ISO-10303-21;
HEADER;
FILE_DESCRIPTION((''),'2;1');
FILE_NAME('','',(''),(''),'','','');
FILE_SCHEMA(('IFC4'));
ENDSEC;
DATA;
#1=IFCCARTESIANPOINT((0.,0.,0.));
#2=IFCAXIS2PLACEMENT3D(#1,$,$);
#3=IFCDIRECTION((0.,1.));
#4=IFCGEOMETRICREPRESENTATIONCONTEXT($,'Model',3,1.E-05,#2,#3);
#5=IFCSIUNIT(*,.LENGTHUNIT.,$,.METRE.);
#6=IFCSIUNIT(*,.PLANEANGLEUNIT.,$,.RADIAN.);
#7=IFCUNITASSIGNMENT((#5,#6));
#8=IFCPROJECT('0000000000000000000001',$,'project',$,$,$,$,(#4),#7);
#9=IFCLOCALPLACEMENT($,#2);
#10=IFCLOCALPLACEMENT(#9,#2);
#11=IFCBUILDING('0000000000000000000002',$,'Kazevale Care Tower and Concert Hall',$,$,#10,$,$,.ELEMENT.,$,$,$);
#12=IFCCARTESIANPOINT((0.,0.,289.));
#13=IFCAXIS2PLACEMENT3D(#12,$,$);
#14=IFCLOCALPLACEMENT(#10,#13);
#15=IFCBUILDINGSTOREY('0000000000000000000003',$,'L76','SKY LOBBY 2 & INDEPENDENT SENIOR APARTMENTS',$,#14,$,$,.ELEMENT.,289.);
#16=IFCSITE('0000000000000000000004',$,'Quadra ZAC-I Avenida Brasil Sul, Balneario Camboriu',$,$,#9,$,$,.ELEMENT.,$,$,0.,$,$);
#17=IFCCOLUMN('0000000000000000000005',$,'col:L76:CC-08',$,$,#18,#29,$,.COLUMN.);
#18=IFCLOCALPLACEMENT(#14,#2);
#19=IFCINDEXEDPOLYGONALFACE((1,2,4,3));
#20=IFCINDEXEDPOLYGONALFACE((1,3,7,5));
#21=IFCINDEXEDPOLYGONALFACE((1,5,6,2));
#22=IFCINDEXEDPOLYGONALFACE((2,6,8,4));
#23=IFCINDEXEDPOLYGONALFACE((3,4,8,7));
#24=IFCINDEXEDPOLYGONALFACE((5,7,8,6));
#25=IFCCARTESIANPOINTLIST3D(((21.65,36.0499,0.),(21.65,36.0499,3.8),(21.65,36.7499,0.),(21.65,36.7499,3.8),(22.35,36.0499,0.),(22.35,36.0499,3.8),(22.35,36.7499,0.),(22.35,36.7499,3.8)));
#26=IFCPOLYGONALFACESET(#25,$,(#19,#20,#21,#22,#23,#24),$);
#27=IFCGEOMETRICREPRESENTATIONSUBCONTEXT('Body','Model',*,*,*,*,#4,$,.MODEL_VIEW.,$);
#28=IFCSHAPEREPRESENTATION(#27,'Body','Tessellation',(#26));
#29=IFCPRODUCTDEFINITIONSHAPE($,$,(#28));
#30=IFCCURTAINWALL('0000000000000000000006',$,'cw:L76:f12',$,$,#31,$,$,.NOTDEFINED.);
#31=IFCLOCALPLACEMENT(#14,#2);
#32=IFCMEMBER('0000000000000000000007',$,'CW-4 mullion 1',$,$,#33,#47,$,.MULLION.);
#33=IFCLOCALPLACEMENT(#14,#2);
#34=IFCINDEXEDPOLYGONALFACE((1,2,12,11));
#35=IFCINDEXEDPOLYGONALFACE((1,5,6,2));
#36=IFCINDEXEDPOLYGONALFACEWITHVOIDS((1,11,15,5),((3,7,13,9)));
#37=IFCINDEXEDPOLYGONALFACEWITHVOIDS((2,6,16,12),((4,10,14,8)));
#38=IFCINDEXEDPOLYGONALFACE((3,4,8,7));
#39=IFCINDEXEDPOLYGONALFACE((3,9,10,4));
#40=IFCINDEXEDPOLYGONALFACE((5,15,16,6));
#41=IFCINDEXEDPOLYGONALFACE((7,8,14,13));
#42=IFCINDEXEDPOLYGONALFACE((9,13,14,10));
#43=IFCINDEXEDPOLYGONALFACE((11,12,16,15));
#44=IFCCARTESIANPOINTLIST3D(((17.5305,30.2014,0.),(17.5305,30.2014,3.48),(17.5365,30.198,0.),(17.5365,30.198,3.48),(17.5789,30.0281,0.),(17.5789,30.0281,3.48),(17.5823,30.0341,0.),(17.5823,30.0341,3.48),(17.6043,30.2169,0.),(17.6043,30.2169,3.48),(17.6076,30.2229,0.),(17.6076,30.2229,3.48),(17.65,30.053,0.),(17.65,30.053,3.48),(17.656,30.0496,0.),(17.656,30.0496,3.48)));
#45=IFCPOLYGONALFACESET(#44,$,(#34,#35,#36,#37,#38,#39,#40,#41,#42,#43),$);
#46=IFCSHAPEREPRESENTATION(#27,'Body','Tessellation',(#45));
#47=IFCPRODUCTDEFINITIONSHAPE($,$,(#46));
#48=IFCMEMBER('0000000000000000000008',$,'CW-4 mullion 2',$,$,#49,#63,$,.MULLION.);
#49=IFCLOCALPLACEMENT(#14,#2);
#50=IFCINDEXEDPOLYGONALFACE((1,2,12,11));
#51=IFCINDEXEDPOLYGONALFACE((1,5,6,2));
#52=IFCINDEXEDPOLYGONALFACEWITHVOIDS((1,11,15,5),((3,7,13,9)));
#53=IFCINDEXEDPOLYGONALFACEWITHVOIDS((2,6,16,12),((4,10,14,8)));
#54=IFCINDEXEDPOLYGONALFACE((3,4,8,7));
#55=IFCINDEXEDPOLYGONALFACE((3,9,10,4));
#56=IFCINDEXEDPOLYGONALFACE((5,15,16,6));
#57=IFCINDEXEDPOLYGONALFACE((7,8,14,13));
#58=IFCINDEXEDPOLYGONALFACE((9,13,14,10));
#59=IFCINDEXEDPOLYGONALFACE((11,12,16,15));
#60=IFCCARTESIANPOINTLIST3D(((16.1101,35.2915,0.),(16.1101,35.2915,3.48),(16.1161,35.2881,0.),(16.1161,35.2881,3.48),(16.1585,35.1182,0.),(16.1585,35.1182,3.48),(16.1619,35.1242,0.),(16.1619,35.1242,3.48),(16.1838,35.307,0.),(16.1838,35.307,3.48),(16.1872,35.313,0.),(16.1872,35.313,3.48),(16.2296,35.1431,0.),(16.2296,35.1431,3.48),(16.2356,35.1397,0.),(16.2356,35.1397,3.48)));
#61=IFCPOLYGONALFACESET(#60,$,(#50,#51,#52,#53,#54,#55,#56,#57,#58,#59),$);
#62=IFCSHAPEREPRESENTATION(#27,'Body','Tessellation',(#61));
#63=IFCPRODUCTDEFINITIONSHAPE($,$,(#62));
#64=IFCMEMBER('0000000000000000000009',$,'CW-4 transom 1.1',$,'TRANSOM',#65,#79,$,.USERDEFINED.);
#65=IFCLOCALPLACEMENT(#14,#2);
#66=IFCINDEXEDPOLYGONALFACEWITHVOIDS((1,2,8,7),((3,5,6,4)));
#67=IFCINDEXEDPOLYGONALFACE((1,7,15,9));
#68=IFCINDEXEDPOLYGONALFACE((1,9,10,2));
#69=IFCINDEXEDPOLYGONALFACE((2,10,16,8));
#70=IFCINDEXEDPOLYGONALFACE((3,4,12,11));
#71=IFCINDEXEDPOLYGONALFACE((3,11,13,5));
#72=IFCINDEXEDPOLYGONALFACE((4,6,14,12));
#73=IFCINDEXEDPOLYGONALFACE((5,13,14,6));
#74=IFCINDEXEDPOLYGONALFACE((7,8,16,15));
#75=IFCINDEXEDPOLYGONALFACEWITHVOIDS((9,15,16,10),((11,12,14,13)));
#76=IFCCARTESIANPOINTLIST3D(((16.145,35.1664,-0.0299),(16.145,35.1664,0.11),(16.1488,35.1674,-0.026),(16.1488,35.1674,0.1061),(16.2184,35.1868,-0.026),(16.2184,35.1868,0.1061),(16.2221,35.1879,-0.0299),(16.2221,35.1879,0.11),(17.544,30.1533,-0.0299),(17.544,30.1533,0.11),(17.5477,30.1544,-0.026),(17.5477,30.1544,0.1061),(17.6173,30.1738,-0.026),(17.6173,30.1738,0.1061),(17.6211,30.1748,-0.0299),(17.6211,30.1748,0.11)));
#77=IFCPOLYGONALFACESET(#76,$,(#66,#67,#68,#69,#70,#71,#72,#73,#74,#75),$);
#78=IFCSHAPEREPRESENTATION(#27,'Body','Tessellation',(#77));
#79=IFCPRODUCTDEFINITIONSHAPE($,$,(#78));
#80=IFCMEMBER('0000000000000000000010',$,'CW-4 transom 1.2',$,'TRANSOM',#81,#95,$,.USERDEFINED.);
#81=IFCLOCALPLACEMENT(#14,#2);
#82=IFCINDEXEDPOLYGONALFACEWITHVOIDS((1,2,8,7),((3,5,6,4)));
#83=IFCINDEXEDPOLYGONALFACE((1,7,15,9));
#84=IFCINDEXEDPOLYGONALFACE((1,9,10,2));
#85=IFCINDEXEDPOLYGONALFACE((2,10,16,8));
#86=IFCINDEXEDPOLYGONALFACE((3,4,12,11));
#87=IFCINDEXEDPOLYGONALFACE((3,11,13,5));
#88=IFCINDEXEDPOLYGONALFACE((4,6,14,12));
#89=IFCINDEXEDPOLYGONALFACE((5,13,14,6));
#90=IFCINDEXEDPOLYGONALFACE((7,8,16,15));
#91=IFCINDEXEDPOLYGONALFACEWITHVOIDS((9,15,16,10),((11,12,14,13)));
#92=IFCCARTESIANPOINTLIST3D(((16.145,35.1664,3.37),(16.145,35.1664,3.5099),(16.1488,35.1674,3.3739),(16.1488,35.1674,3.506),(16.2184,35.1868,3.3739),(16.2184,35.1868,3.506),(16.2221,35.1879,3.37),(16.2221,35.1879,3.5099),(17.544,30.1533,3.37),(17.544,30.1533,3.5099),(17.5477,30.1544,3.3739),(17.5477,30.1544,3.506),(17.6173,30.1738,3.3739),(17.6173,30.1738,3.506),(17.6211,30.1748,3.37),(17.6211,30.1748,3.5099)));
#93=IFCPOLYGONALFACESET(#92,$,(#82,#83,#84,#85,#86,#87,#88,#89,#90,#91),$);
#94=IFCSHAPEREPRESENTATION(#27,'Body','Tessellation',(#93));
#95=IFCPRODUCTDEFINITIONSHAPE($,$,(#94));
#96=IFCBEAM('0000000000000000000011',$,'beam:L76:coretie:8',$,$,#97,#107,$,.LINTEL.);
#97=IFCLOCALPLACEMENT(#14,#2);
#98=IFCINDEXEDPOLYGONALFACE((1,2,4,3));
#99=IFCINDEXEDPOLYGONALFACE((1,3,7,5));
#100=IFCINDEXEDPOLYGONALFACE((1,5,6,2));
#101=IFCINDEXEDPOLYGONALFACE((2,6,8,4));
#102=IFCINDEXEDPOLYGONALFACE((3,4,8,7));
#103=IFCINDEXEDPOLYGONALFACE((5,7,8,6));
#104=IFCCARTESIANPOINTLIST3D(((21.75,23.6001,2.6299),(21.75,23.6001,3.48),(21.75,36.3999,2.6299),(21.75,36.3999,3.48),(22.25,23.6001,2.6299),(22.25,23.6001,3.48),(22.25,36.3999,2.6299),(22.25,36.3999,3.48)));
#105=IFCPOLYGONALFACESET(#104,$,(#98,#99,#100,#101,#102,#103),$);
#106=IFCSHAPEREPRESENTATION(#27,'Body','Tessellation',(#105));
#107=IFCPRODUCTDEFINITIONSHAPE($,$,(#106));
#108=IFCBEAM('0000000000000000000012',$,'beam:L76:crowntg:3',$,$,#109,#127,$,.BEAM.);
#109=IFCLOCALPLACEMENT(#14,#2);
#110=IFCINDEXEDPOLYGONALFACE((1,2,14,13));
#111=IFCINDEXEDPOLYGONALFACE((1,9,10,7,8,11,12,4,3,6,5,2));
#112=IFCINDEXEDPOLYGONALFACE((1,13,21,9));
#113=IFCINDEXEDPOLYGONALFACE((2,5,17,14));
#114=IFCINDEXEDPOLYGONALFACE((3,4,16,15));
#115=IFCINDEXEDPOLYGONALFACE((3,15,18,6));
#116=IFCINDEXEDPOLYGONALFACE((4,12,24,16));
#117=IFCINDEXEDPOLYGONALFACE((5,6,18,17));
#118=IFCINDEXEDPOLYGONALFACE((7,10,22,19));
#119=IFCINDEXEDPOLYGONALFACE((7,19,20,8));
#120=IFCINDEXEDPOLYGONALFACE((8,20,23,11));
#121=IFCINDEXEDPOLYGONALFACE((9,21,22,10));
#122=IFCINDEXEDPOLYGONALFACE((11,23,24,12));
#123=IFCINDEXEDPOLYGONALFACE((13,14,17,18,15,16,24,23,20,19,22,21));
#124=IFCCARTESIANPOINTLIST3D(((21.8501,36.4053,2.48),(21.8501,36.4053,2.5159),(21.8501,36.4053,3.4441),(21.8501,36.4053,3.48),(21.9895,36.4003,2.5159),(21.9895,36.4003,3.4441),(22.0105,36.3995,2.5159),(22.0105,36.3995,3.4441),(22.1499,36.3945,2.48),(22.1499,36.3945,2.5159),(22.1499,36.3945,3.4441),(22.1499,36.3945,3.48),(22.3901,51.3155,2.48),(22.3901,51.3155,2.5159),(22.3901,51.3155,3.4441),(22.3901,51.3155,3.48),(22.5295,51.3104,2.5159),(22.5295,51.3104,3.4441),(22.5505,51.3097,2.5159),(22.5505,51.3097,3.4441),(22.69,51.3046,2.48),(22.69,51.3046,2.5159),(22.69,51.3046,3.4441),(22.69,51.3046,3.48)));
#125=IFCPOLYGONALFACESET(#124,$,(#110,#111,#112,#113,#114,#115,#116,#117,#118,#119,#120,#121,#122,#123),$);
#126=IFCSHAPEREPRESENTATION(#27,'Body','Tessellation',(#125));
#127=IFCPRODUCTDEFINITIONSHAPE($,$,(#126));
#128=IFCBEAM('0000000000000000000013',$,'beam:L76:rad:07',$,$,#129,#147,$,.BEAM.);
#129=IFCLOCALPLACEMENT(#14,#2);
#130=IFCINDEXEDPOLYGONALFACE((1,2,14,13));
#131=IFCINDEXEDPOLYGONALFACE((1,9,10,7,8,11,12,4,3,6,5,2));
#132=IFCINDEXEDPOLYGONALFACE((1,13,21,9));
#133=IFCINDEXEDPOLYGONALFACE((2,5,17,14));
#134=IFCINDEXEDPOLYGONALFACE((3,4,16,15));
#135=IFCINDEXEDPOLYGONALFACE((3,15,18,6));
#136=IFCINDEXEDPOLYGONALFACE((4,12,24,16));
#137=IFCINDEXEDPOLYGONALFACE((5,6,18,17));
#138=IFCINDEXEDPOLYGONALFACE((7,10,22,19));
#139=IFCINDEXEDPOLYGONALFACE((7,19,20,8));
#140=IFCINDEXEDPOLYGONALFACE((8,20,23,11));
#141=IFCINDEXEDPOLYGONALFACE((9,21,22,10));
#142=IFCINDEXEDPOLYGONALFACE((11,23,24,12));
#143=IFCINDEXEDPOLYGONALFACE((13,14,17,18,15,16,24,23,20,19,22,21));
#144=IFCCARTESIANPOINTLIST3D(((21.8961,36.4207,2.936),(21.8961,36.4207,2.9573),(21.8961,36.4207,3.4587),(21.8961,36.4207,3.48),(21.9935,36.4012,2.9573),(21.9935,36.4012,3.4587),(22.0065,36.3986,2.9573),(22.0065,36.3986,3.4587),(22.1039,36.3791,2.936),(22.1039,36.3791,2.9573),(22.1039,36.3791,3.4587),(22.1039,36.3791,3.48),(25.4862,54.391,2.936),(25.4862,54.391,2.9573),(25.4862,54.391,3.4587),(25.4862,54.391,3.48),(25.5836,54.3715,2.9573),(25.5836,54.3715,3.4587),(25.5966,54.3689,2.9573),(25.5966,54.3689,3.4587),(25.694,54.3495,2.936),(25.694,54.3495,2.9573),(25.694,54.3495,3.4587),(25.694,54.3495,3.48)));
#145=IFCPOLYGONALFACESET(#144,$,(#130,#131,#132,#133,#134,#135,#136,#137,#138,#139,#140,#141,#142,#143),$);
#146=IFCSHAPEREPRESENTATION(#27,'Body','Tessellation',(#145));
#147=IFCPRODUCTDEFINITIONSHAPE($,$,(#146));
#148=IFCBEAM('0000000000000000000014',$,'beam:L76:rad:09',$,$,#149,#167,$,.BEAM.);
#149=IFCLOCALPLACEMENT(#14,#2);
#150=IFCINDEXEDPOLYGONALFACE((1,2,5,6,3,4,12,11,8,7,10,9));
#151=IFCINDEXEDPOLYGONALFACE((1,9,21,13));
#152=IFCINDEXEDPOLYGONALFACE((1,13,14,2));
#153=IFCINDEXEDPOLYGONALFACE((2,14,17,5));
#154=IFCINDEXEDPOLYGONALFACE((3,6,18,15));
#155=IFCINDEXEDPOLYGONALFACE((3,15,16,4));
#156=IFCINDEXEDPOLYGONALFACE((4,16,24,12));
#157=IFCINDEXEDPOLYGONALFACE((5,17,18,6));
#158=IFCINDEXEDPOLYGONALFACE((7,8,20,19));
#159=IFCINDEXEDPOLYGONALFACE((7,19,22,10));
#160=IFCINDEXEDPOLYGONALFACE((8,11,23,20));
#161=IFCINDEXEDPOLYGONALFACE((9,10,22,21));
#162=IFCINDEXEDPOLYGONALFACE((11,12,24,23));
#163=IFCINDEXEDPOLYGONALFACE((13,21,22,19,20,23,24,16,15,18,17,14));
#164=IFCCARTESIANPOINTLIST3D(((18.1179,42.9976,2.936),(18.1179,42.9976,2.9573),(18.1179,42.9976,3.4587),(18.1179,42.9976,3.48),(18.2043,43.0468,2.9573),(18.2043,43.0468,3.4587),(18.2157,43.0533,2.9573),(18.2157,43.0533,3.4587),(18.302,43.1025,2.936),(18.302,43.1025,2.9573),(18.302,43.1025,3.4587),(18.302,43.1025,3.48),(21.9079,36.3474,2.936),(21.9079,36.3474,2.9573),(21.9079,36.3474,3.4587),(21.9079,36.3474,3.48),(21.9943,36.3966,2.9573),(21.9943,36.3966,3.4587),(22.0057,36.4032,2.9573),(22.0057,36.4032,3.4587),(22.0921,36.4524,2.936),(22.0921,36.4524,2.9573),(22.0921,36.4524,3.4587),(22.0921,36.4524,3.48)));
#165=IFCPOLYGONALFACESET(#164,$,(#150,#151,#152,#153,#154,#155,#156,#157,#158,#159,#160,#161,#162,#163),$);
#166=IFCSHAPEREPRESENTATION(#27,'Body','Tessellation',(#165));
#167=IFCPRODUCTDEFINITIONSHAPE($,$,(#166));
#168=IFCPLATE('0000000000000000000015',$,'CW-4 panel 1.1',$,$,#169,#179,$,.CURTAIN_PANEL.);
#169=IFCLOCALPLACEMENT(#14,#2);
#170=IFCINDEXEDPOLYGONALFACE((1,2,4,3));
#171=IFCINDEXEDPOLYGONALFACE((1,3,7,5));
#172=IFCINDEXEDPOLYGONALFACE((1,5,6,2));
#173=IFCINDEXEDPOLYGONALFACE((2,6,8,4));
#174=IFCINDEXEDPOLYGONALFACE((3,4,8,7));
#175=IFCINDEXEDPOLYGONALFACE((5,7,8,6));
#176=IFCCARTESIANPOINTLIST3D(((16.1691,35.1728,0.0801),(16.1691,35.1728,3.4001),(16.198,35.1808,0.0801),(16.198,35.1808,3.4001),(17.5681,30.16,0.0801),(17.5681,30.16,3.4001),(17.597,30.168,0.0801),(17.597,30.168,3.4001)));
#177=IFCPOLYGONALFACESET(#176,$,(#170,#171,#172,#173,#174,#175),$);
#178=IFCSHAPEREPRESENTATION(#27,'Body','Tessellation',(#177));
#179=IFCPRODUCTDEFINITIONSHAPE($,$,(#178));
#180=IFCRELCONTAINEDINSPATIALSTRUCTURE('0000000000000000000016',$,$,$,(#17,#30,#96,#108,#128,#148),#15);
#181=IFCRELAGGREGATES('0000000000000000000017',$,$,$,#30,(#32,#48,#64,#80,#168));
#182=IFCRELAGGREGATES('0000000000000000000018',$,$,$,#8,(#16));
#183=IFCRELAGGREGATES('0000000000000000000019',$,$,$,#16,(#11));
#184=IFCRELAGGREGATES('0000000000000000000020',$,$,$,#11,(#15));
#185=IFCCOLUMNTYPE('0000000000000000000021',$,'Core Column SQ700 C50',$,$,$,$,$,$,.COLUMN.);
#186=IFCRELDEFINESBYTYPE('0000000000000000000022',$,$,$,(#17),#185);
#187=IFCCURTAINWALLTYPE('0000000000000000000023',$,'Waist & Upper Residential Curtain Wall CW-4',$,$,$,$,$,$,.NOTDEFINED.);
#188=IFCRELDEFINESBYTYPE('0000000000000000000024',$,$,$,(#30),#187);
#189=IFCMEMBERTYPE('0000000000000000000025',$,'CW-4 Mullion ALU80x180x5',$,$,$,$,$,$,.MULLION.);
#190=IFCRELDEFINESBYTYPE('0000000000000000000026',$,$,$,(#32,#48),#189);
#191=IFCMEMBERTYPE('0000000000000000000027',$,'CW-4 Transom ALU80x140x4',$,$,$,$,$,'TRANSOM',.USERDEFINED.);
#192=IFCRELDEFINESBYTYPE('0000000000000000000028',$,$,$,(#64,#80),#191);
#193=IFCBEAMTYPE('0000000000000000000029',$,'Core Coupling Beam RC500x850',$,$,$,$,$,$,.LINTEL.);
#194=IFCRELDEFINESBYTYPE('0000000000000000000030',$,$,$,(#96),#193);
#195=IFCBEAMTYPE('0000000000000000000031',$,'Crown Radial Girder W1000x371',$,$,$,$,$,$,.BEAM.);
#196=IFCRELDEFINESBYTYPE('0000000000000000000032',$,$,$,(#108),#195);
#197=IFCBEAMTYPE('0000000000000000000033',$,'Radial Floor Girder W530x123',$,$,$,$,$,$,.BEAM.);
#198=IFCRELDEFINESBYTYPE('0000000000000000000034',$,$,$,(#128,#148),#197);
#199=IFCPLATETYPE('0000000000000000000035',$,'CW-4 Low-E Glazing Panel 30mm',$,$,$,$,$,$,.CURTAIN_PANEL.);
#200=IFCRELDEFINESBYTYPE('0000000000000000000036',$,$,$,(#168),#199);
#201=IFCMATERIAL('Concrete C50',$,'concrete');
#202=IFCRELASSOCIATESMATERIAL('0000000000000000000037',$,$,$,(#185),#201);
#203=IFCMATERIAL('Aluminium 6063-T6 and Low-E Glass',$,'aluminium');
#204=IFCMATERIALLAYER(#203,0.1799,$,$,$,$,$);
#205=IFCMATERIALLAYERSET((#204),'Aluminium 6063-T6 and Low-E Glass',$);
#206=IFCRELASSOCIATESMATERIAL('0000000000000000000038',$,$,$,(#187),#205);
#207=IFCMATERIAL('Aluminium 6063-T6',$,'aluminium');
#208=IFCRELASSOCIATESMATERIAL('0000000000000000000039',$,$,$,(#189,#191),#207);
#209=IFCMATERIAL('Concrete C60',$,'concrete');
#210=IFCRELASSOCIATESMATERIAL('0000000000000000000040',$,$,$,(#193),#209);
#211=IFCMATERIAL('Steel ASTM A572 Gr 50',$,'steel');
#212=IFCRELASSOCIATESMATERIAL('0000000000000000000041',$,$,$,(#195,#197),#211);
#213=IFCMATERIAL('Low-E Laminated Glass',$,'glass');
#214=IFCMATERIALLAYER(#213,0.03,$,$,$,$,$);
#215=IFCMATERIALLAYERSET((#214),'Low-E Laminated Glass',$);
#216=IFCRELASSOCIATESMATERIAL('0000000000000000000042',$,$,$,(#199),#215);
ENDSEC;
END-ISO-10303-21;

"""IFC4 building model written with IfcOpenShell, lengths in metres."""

from ifc_helpers import new_model, si_unit, direction, frame, origin, origin_2d, place, context, subcontext, project, spatial, rectangle, hollow_rectangle, i_section, extrude, material, layer, layer_set, material_profile, profile_set, type_object, element, aggregate, save


model = new_model("IFC4")

# Units and contexts
model_context = context("Model", 3, precision=1e-05, world=origin(), true_north=direction((0.0, 1.0)))
body_context = subcontext(model_context, "Body", "Model", "MODEL_VIEW")
ifc_project = project(units=[si_unit("LENGTHUNIT", "METRE"), si_unit("PLANEANGLEUNIT", "RADIAN")], contexts=[model_context])

# Site, building, storey
site_placement = place(None, origin())
site = spatial("IfcSite", under=ifc_project, at=site_placement, Name="Quadra ZAC-I Avenida Brasil Sul, Balneario Camboriu", CompositionType="ELEMENT", RefElevation=0.0)
building_placement = place(site_placement, origin())
building = spatial("IfcBuilding", under=site, at=building_placement, Name="Kazevale Care Tower and Concert Hall", CompositionType="ELEMENT")
storey_placement = place(building_placement, frame((0.0, 0.0, 289.0)))
storey = spatial("IfcBuildingStorey", under=building, at=storey_placement, Name="L76", Description="SKY LOBBY 2 & INDEPENDENT SENIOR APARTMENTS", CompositionType="ELEMENT", Elevation=289.0)

# Column
ifc_material_1 = material(Name="Concrete C50", Category="concrete")
ifc_material_profile_1 = material_profile(ifc_material_1, rectangle(XDim=0.7, YDim=0.7, at=origin_2d()), Name="RC-SQ700")
ifc_profile_set_1 = profile_set([ifc_material_profile_1], Name="Concrete C50")
column_type = type_object("IfcColumnType", Name="Core Column SQ700 C50", PredefinedType="COLUMN", material=ifc_profile_set_1)
column_placement = place(storey_placement, frame((22.0, 36.3999, 0.0), z_axis=(0.0, 0.0, 1.0), x_axis=(1.0, 0.0, 0.0)))
element("IfcColumn", 1, at=column_placement, inside=storey, type_object=column_type, Name="col:L76:CC-08", PredefinedType="COLUMN", context=body_context, shape_type="SweptSolid", body=[
    extrude(rectangle(XDim=0.7, YDim=0.7, at=origin_2d()), origin(), (0.0, 0.0, 1.0), 3.8),
])

# Curtain wall, members
ifc_material_2 = material(Name="Aluminium 6063-T6 and Low-E Glass", Category="aluminium")
ifc_layer_1 = layer(ifc_material_2, 0.1799)
ifc_layer_set_1 = layer_set([ifc_layer_1], Name="Aluminium 6063-T6 and Low-E Glass")
curtain_wall_type = type_object("IfcCurtainWallType", Name="Waist & Upper Residential Curtain Wall CW-4", PredefinedType="NOTDEFINED", material=ifc_layer_set_1)
curtain_wall_placement = place(storey_placement, origin())
curtain_wall = element("IfcCurtainWall", 2, at=curtain_wall_placement, inside=storey, type_object=curtain_wall_type, Name="cw:L76:f12", PredefinedType="NOTDEFINED")
ifc_material_3 = material(Name="Aluminium 6063-T6", Category="aluminium")
ifc_material_profile_2 = material_profile(ifc_material_3, hollow_rectangle(XDim=0.0801, YDim=0.1799, WallThickness=0.0049, at=origin_2d()), Name="ALU80x180x5")
ifc_profile_set_2 = profile_set([ifc_material_profile_2], Name="Aluminium 6063-T6")
member_type_1 = type_object("IfcMemberType", Name="CW-4 Mullion ALU80x180x5", PredefinedType="MULLION", material=ifc_profile_set_2)
member_1_placement = place(storey_placement, frame((17.5933, 30.1255, 0.0), z_axis=(0.0, 0.0, 1.0), x_axis=(-0.963194, -0.268807, 0.0)))
member_1 = element("IfcMember", 3, at=member_1_placement, type_object=member_type_1, Name="CW-4 mullion 1", PredefinedType="MULLION", context=body_context, shape_type="SweptSolid", body=[
    extrude(hollow_rectangle(XDim=0.0801, YDim=0.1799, WallThickness=0.0049, at=origin_2d()), origin(), (0.0, 0.0, 1.0), 3.48),
])
member_2_placement = place(storey_placement, frame((16.1729, 35.2156, 0.0), z_axis=(0.0, 0.0, 1.0), x_axis=(-0.963194, -0.268807, 0.0)))
member_2 = element("IfcMember", 4, at=member_2_placement, type_object=member_type_1, Name="CW-4 mullion 2", PredefinedType="MULLION", context=body_context, shape_type="SweptSolid", body=[
    extrude(hollow_rectangle(XDim=0.0801, YDim=0.1799, WallThickness=0.0049, at=origin_2d()), origin(), (0.0, 0.0, 1.0), 3.48),
])
ifc_material_profile_3 = material_profile(ifc_material_3, hollow_rectangle(XDim=0.0801, YDim=0.1399, WallThickness=0.0039, at=origin_2d()), Name="ALU80x140x4")
ifc_profile_set_3 = profile_set([ifc_material_profile_3], Name="Aluminium 6063-T6")
member_type_2 = type_object("IfcMemberType", Name="CW-4 Transom ALU80x140x4", ElementType="TRANSOM", PredefinedType="USERDEFINED", material=ifc_profile_set_3)
member_3_placement = place(storey_placement, frame((17.5825, 30.1641, 0.04), z_axis=(-0.268793, 0.963198, 0.0), x_axis=(-0.963198, -0.268793, 0.0)))
member_3 = element("IfcMember", 5, at=member_3_placement, type_object=member_type_2, Name="CW-4 transom 1.1", ObjectType="TRANSOM", PredefinedType="USERDEFINED", context=body_context, shape_type="SweptSolid", body=[
    extrude(hollow_rectangle(XDim=0.0801, YDim=0.1399, WallThickness=0.0039, at=origin_2d()), origin(), (0.0, 0.0, 1.0), 5.2046),
])
member_4_placement = place(storey_placement, frame((17.5825, 30.1641, 3.4399), z_axis=(-0.268793, 0.963198, 0.0), x_axis=(-0.963198, -0.268793, 0.0)))
member_4 = element("IfcMember", 6, at=member_4_placement, type_object=member_type_2, Name="CW-4 transom 1.2", ObjectType="TRANSOM", PredefinedType="USERDEFINED", context=body_context, shape_type="SweptSolid", body=[
    extrude(hollow_rectangle(XDim=0.0801, YDim=0.1399, WallThickness=0.0039, at=origin_2d()), origin(), (0.0, 0.0, 1.0), 5.2046),
])

# Beams
ifc_material_4 = material(Name="Concrete C60", Category="concrete")
ifc_material_profile_4 = material_profile(ifc_material_4, rectangle(XDim=0.5, YDim=0.8501, at=origin_2d()), Name="RC-B500x850")
ifc_profile_set_4 = profile_set([ifc_material_profile_4], Name="Concrete C60")
beam_type_1 = type_object("IfcBeamType", Name="Core Coupling Beam RC500x850", PredefinedType="LINTEL", material=ifc_profile_set_4)
beam_1_placement = place(storey_placement, frame((22.0, 36.3999, 3.0549), z_axis=(0.0, -1.0, 0.0), x_axis=(1.0, 0.0, 0.0)))
element("IfcBeam", 7, at=beam_1_placement, inside=storey, type_object=beam_type_1, Name="beam:L76:coretie:8", PredefinedType="LINTEL", context=body_context, shape_type="SweptSolid", body=[
    extrude(rectangle(XDim=0.5, YDim=0.8501, at=origin_2d()), origin(), (0.0, 0.0, 1.0), 12.7998),
])
ifc_material_5 = material(Name="Steel ASTM A572 Gr 50", Category="steel")
ifc_material_profile_5 = material_profile(ifc_material_5, i_section(OverallWidth=0.3, OverallDepth=1.0, WebThickness=0.021, FlangeThickness=0.0359, at=origin_2d()), Name="W1000x371")
ifc_profile_set_5 = profile_set([ifc_material_profile_5], Name="Steel ASTM A572 Gr 50")
beam_type_2 = type_object("IfcBeamType", Name="Crown Radial Girder W1000x371", PredefinedType="BEAM", material=ifc_profile_set_5)
beam_2_placement = place(storey_placement, frame((22.0, 36.3999, 2.98), z_axis=(0.036196, 0.999345, 0.0), x_axis=(-0.999345, 0.036196, 0.0)))
element("IfcBeam", 8, at=beam_2_placement, inside=storey, type_object=beam_type_2, Name="beam:L76:crowntg:3", PredefinedType="BEAM", context=body_context, shape_type="SweptSolid", body=[
    extrude(i_section(OverallWidth=0.3, OverallDepth=1.0, WebThickness=0.021, FlangeThickness=0.0359, at=origin_2d()), origin(), (0.0, 0.0, 1.0), 14.9199),
])
ifc_material_profile_6 = material_profile(ifc_material_5, i_section(OverallWidth=0.2119, OverallDepth=0.5439, WebThickness=0.0132, FlangeThickness=0.0212, at=origin_2d()), Name="W530x123")
ifc_profile_set_6 = profile_set([ifc_material_profile_6], Name="Steel ASTM A572 Gr 50")
beam_type_3 = type_object("IfcBeamType", Name="Radial Floor Girder W530x123", PredefinedType="BEAM", material=ifc_profile_set_6)
beam_3_placement = place(storey_placement, frame((22.0, 36.3999, 3.208), z_axis=(0.195909, 0.980622, 0.0), x_axis=(-0.980622, 0.195909, 0.0)))
element("IfcBeam", 9, at=beam_3_placement, inside=storey, type_object=beam_type_3, Name="beam:L76:rad:07", PredefinedType="BEAM", context=body_context, shape_type="SweptSolid", body=[
    extrude(i_section(OverallWidth=0.2119, OverallDepth=0.5439, WebThickness=0.0132, FlangeThickness=0.0212, at=origin_2d()), origin(), (0.0, 0.0, 1.0), 18.3254),
])
beam_4_placement = place(storey_placement, frame((22.0, 36.3999, 3.208), z_axis=(-0.495149, 0.868808, 0.0), x_axis=(-0.868808, -0.495149, 0.0)))
element("IfcBeam", 10, at=beam_4_placement, inside=storey, type_object=beam_type_3, Name="beam:L76:rad:09", PredefinedType="BEAM", context=body_context, shape_type="SweptSolid", body=[
    extrude(i_section(OverallWidth=0.2119, OverallDepth=0.5439, WebThickness=0.0132, FlangeThickness=0.0212, at=origin_2d()), origin(), (0.0, 0.0, 1.0), 7.6543),
])

# Plate
ifc_material_6 = material(Name="Low-E Laminated Glass", Category="glass")
ifc_layer_2 = layer(ifc_material_6, 0.03)
ifc_layer_set_2 = layer_set([ifc_layer_2], Name="Low-E Laminated Glass")
plate_type = type_object("IfcPlateType", Name="CW-4 Low-E Glazing Panel 30mm", PredefinedType="CURTAIN_PANEL", material=ifc_layer_set_2)
plate_placement = place(storey_placement, frame((16.8831, 32.6704, 0.0801), z_axis=(0.0, 0.0, 1.0), x_axis=(-0.268807, 0.963194, 0.0)))
plate = element("IfcPlate", 11, at=plate_placement, type_object=plate_type, Name="CW-4 panel 1.1", PredefinedType="CURTAIN_PANEL", context=body_context, shape_type="SweptSolid", body=[
    extrude(rectangle(XDim=5.2043, YDim=0.03, at=origin_2d()), origin(), (0.0, 0.0, 1.0), 3.3201),
])
aggregate(curtain_wall, [member_1, member_2, member_3, member_4, plate])

save(model, "model.ifc")
